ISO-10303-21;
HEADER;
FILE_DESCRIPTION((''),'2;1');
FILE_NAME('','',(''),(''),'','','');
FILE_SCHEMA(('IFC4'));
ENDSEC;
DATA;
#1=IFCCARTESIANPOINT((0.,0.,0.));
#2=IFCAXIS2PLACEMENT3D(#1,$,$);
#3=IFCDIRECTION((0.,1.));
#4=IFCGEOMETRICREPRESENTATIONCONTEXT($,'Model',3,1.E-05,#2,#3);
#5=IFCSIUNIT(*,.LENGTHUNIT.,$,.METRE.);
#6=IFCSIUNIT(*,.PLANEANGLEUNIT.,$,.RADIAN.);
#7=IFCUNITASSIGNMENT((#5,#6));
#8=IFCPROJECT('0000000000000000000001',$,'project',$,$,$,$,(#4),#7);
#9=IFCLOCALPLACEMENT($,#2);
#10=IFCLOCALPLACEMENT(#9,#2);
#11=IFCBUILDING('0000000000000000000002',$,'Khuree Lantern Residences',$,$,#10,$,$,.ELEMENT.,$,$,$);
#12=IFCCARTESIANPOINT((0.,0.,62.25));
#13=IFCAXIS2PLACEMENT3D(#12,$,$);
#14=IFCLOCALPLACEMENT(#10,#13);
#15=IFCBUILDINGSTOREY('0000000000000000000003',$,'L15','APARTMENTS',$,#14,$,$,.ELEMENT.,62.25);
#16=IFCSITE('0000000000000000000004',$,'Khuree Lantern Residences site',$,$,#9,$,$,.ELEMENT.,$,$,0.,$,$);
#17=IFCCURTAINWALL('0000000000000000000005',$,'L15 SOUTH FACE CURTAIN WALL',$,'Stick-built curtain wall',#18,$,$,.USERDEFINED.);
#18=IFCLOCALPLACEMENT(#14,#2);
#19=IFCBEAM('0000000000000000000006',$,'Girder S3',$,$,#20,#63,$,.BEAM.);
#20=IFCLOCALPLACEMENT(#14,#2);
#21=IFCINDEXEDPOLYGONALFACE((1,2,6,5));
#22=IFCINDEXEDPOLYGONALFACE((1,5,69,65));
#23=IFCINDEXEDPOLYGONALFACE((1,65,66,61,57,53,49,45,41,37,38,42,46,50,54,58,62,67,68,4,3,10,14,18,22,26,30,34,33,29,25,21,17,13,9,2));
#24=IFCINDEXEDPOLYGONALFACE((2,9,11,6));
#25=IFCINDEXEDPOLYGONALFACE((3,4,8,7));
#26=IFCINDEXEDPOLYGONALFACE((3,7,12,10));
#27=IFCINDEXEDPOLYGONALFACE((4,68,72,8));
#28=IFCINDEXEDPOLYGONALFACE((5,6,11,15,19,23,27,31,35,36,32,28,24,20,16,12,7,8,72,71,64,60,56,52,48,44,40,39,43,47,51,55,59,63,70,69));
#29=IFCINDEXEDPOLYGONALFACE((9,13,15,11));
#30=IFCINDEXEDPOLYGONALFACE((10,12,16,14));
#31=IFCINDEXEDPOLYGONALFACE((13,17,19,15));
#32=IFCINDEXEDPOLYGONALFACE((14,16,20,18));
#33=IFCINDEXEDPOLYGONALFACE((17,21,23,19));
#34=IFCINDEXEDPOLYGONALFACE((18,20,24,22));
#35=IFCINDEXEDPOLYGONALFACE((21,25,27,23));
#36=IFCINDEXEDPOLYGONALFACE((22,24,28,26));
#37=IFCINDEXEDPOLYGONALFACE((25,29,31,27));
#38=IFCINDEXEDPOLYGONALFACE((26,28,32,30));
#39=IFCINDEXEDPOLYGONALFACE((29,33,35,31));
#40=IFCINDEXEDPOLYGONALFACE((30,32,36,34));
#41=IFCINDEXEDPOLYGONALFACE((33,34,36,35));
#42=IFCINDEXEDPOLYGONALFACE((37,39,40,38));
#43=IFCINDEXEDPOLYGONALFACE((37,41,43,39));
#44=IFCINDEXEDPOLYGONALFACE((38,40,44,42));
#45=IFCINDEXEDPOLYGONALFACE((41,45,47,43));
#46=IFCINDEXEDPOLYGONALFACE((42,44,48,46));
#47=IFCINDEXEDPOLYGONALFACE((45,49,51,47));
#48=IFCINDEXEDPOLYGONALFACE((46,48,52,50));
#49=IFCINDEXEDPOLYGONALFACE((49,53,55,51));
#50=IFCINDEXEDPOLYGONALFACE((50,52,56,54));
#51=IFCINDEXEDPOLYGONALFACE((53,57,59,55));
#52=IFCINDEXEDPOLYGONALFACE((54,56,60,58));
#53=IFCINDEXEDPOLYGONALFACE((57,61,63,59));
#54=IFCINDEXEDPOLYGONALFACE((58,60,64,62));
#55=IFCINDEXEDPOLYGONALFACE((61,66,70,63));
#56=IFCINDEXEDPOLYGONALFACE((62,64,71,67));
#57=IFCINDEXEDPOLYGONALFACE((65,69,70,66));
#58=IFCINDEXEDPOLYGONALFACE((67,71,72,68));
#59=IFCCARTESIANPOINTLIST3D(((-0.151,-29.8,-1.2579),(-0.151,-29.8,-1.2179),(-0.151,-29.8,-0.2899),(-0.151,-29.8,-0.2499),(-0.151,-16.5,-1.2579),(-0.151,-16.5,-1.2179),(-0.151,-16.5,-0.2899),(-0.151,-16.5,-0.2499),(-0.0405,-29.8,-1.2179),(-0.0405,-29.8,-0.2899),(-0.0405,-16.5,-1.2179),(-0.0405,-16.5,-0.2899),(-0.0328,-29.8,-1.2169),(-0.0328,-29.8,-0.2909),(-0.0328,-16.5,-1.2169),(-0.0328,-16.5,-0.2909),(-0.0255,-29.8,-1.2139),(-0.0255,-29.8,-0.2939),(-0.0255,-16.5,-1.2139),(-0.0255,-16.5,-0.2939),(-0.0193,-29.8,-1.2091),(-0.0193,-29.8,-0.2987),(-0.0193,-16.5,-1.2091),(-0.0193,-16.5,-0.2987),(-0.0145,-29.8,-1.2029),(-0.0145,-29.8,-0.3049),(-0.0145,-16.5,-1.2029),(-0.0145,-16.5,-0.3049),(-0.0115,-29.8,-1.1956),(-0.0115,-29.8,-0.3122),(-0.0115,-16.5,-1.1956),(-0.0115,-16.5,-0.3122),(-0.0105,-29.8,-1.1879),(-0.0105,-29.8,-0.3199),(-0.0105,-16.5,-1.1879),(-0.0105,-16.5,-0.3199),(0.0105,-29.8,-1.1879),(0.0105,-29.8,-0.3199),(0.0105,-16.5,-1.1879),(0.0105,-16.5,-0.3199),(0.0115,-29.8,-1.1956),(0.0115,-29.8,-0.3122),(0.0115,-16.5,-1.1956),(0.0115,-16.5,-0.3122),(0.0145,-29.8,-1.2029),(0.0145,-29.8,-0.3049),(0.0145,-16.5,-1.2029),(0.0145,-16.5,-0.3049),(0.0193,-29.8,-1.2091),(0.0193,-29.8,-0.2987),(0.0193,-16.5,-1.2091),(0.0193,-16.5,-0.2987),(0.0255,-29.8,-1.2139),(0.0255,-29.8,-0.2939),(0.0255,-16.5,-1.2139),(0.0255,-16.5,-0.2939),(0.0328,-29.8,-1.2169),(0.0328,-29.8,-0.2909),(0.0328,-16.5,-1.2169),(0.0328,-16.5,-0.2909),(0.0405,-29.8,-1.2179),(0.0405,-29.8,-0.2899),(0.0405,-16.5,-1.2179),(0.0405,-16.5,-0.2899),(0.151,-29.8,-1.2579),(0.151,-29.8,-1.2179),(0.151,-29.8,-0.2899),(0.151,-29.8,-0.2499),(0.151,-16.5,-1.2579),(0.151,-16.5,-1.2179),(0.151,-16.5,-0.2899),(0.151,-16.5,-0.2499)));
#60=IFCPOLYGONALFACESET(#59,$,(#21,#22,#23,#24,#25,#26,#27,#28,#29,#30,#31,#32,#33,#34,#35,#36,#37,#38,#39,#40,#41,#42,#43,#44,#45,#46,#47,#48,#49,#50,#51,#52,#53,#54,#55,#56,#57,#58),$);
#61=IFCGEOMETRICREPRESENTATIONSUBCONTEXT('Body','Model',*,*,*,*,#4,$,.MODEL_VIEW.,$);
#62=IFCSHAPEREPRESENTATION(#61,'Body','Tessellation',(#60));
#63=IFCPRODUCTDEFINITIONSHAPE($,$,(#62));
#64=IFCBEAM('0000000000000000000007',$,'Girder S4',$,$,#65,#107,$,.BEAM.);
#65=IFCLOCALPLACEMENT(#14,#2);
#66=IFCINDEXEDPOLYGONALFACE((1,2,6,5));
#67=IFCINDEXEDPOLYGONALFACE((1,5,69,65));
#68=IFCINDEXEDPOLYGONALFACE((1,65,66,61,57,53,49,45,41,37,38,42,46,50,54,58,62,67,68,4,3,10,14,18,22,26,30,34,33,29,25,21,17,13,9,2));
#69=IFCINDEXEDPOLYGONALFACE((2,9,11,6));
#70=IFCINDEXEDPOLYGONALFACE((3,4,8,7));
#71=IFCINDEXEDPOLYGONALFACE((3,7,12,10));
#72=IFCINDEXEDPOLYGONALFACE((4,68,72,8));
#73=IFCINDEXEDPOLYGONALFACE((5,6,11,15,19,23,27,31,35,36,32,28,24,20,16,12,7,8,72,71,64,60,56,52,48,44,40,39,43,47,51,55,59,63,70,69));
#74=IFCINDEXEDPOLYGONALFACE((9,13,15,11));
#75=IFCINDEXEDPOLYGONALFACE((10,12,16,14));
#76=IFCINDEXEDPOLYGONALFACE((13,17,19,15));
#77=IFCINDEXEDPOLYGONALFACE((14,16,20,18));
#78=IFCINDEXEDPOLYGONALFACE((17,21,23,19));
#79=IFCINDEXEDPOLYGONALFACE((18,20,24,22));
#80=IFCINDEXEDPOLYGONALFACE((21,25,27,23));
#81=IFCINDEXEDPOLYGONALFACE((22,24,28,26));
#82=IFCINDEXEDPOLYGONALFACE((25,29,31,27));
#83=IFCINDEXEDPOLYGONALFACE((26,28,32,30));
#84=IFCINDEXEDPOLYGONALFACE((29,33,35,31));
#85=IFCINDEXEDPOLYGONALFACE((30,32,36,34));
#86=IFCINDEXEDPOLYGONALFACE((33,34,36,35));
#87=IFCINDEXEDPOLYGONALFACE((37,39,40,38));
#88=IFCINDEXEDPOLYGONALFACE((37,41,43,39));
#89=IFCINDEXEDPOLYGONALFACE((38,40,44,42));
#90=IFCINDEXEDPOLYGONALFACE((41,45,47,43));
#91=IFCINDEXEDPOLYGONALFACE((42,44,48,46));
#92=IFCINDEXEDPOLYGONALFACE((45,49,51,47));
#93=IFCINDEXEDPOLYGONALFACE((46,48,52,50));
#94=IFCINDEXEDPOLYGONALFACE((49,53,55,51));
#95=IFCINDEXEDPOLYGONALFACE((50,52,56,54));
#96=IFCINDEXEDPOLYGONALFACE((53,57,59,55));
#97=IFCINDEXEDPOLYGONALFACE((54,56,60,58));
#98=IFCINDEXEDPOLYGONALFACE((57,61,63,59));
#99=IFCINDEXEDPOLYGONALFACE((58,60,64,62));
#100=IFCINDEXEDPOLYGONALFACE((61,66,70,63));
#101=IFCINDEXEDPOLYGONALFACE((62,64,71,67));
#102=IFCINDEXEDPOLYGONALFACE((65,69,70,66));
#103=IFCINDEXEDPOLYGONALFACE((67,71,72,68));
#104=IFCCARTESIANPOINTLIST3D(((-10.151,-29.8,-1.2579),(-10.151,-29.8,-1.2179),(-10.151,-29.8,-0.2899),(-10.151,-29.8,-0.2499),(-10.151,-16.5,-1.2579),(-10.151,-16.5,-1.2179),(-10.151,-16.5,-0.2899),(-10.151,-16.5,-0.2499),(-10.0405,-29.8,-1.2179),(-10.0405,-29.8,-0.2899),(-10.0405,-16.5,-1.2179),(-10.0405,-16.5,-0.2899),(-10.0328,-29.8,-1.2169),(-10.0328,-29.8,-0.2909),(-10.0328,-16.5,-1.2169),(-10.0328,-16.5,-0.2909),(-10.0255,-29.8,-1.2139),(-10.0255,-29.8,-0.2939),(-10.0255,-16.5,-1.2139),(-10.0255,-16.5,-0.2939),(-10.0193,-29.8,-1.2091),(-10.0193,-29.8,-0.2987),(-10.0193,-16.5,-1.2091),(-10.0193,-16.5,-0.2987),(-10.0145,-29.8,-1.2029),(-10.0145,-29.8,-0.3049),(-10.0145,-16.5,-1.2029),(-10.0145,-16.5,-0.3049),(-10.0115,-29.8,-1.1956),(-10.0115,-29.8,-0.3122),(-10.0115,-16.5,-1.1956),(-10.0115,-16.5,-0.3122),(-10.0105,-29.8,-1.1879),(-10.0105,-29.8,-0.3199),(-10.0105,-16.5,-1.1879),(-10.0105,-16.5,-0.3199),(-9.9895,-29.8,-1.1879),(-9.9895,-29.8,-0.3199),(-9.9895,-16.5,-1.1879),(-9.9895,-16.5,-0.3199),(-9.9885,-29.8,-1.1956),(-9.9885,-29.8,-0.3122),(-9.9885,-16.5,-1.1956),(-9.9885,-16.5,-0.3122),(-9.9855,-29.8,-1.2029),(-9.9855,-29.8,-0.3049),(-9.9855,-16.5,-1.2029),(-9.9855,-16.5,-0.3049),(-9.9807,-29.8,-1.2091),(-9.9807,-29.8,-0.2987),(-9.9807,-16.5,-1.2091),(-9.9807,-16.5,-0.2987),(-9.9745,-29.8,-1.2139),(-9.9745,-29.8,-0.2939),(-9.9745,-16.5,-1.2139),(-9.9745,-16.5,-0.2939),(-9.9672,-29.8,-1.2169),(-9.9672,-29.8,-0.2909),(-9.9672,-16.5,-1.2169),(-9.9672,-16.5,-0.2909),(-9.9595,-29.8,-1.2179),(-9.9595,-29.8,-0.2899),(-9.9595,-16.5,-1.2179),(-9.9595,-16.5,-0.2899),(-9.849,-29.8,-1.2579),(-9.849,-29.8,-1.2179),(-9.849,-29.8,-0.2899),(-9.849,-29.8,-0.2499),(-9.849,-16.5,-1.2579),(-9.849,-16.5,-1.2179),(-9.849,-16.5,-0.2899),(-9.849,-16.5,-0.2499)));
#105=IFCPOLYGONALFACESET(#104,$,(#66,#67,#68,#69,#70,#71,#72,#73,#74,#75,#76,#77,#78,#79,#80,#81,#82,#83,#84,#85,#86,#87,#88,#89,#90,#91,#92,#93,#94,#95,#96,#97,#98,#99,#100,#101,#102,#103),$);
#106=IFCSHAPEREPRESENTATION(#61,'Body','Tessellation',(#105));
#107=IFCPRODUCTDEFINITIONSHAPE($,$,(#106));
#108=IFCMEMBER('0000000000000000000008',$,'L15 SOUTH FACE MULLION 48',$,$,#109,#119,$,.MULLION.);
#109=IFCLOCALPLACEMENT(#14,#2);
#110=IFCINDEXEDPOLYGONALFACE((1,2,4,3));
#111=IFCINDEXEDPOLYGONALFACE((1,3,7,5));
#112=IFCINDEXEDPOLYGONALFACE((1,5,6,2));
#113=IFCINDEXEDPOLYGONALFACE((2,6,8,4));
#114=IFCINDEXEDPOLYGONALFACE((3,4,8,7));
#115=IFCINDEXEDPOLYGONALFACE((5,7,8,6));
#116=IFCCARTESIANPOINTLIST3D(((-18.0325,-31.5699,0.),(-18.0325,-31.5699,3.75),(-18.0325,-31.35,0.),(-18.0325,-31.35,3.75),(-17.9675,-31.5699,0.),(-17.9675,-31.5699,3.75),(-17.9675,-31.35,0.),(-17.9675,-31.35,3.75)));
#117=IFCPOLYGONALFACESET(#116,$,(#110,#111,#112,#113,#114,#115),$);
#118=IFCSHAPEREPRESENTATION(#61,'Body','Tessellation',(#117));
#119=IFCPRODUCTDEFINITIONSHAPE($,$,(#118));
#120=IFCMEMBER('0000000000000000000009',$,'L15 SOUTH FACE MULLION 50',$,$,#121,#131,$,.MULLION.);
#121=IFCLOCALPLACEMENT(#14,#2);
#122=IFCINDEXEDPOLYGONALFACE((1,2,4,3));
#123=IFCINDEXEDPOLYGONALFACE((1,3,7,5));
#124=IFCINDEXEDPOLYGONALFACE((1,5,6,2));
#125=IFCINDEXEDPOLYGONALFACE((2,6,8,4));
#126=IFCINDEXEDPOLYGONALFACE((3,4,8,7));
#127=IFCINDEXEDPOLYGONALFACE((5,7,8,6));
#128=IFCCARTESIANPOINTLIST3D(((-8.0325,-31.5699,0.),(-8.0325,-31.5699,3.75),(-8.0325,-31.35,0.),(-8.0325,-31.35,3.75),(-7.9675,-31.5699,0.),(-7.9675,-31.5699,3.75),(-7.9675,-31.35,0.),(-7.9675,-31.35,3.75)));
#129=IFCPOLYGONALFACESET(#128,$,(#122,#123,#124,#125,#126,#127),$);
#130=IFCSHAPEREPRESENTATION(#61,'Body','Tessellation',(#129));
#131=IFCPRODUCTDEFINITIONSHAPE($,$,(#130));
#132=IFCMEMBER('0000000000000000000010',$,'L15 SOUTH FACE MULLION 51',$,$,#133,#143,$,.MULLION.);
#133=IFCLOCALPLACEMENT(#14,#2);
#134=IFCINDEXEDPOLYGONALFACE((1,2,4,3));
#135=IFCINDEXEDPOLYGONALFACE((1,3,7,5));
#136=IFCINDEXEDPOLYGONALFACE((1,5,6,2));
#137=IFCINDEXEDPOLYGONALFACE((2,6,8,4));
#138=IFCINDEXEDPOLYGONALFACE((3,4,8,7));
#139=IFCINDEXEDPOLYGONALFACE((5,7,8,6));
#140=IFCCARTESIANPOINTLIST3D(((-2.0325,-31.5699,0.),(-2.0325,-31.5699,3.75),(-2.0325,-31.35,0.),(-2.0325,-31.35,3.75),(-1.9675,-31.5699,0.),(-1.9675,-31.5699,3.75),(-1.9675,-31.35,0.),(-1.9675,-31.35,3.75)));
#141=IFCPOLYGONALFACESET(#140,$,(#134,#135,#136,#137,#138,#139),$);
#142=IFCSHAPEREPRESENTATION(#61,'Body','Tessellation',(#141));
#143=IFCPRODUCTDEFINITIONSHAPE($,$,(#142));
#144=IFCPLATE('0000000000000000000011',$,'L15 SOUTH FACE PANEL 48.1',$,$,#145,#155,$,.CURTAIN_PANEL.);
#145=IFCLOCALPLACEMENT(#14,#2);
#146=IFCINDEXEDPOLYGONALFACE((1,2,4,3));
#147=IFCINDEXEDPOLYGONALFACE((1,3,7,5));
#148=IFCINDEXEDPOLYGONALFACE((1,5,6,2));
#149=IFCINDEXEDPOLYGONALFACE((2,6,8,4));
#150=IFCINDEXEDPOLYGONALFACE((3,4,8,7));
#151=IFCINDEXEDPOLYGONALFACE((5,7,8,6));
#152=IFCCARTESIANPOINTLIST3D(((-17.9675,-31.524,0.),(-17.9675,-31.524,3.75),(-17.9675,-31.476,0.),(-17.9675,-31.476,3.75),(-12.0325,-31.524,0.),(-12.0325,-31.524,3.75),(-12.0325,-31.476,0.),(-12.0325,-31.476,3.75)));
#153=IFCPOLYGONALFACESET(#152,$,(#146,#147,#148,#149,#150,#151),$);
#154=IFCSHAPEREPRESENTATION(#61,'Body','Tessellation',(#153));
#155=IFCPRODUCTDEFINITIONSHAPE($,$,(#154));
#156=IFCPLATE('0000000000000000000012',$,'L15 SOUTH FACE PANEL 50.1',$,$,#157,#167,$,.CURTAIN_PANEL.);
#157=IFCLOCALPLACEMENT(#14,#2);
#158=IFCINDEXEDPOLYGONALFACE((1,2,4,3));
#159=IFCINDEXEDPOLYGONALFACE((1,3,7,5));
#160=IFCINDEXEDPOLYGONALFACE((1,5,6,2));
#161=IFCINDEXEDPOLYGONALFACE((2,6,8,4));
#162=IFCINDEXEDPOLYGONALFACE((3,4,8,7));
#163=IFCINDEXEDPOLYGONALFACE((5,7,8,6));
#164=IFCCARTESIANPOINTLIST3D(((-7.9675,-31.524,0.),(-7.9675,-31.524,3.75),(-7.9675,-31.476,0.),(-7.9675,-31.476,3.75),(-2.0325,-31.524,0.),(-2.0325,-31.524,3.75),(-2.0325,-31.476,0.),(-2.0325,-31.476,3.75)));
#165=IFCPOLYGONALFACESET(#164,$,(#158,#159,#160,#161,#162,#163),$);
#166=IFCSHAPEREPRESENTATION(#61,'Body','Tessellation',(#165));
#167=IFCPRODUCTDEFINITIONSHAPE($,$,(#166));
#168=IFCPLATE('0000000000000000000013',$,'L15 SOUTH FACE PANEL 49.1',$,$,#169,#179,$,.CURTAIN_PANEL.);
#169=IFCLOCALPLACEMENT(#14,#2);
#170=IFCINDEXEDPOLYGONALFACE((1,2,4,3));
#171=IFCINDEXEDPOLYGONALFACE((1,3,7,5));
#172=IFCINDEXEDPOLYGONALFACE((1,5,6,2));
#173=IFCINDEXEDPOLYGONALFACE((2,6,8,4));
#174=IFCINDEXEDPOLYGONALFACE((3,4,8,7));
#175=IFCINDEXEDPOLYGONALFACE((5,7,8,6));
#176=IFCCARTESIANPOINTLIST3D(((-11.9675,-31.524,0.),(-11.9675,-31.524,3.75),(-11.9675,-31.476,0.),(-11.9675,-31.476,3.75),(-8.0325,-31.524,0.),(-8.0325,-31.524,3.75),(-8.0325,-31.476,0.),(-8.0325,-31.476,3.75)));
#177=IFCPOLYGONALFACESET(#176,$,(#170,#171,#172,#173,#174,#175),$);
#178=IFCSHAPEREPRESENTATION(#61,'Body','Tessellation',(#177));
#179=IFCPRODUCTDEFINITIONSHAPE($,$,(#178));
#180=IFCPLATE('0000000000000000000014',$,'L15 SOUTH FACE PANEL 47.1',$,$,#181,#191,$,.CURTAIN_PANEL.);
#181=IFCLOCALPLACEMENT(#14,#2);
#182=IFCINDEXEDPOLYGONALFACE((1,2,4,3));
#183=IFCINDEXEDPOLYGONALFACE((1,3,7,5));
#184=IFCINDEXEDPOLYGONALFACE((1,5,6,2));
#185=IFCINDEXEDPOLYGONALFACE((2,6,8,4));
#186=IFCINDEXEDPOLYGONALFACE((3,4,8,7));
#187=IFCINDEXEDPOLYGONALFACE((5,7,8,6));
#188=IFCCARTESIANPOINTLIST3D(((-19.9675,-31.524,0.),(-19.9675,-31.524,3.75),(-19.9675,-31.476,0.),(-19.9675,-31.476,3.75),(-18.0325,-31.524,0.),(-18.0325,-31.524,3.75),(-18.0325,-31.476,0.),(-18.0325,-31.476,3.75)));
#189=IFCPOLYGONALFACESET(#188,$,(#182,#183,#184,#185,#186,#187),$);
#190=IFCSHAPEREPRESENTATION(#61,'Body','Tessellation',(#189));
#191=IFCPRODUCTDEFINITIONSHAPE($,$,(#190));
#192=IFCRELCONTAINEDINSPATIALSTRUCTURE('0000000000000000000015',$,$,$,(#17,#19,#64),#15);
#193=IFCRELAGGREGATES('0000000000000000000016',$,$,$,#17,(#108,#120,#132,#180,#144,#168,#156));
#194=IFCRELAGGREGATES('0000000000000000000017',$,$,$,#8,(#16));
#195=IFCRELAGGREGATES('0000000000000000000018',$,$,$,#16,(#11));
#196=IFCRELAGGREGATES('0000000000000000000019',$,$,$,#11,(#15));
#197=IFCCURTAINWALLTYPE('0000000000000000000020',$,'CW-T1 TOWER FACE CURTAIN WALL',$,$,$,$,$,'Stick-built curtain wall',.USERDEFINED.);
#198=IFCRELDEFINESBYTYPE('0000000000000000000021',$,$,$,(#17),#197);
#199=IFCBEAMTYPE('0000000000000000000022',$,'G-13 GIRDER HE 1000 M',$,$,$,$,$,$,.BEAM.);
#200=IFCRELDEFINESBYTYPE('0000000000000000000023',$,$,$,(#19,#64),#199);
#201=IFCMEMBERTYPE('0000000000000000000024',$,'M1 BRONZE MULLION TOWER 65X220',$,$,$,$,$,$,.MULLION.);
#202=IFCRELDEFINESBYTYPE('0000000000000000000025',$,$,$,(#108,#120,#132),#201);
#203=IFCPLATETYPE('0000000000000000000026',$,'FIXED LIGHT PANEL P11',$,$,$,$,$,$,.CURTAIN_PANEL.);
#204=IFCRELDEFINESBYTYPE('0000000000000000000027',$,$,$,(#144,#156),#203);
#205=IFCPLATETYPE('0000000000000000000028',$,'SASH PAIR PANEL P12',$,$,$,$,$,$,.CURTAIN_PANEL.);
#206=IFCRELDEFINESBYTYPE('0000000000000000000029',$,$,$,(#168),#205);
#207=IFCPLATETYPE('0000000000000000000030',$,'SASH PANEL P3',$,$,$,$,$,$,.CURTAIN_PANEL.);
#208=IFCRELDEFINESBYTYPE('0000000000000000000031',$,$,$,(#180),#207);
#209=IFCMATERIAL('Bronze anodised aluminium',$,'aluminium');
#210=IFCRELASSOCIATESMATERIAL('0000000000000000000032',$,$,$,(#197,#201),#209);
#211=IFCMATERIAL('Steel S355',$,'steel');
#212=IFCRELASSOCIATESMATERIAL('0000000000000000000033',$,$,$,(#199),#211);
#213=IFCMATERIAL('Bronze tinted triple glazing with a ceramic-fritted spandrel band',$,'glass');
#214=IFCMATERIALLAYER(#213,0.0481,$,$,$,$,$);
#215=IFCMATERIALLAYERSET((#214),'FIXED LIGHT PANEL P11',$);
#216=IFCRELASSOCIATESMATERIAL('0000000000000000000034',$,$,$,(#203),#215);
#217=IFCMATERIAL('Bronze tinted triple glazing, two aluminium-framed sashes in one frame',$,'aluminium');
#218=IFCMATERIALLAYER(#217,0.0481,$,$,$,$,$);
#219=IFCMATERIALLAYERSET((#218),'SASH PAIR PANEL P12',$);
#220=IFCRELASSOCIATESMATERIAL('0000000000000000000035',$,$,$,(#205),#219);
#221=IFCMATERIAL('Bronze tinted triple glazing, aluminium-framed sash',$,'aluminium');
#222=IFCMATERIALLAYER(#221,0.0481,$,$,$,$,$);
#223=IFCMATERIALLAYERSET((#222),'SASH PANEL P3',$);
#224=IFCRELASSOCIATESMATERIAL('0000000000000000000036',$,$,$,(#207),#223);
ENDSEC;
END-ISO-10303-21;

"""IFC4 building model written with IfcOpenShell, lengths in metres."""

from ifc_helpers import new_model, si_unit, direction, frame, origin, origin_2d, place, context, subcontext, project, spatial, rectangle, i_section, extrude, material, layer, layer_set, material_profile, profile_set, type_object, element, aggregate, save


model = new_model("IFC4")

# Units and contexts
model_context = context("Model", 3, precision=1e-05, world=origin(), true_north=direction((0.0, 1.0)))
body_context = subcontext(model_context, "Body", "Model", "MODEL_VIEW")
ifc_project = project(units=[si_unit("LENGTHUNIT", "METRE"), si_unit("PLANEANGLEUNIT", "RADIAN")], contexts=[model_context])

# Site, building, storey
site_placement = place(None, origin())
site = spatial("IfcSite", under=ifc_project, at=site_placement, Name="Khuree Lantern Residences site", CompositionType="ELEMENT", RefElevation=0.0)
building_placement = place(site_placement, origin())
building = spatial("IfcBuilding", under=site, at=building_placement, Name="Khuree Lantern Residences", CompositionType="ELEMENT")
storey_placement = place(building_placement, frame((0.0, 0.0, 62.25)))
storey = spatial("IfcBuildingStorey", under=building, at=storey_placement, Name="L15", Description="APARTMENTS", CompositionType="ELEMENT", Elevation=62.25)

# Shared definitions
ifc_material_1 = material(Name="Steel S355", Category="steel")

# Curtain wall
ifc_material_2 = material(Name="Bronze anodised aluminium", Category="aluminium")
curtain_wall_type = type_object("IfcCurtainWallType", Name="CW-T1 TOWER FACE CURTAIN WALL", ElementType="Stick-built curtain wall", PredefinedType="USERDEFINED", material=ifc_material_2)
curtain_wall_placement = place(storey_placement, origin())
curtain_wall = element("IfcCurtainWall", 1, at=curtain_wall_placement, inside=storey, type_object=curtain_wall_type, Name="L15 SOUTH FACE CURTAIN WALL", ObjectType="Stick-built curtain wall", PredefinedType="USERDEFINED")

# Beams
ifc_material_profile_1 = material_profile(ifc_material_1, i_section(OverallWidth=0.302, OverallDepth=1.0081, WebThickness=0.021, FlangeThickness=0.04, FilletRadius=0.03, at=origin_2d()), Name="HE 1000 M")
ifc_profile_set_1 = profile_set([ifc_material_profile_1], Name="Steel S355")
beam_type_1 = type_object("IfcBeamType", Name="G-13 GIRDER HE 1000 M", PredefinedType="BEAM", material=ifc_profile_set_1)
for number, where, z_axis, x_axis, name in (
    (2, (0.0, -29.8, -0.7539), (0.0, 1.0, 0.0), (-1.0, 0.0, 0.0), "Girder S3"),
    (3, (-10.0, -29.8, -0.7539), (0.0, 1.0, 0.0), (-1.0, 0.0, 0.0), "Girder S4"),
):
    element("IfcBeam", number, at=place(storey_placement, frame(where, z_axis=z_axis, x_axis=x_axis)), inside=storey, type_object=beam_type_1, Name=name, PredefinedType="BEAM", context=body_context, shape_type="SweptSolid", body=[
        extrude(i_section(OverallWidth=0.302, OverallDepth=1.0081, WebThickness=0.021, FlangeThickness=0.04, FilletRadius=0.03, at=origin_2d()), origin(), (0.0, 0.0, 1.0), 13.3),
    ])

# Members
ifc_material_profile_2 = material_profile(ifc_material_2, rectangle(XDim=0.0649, YDim=0.22, at=origin_2d()), Name="M1 65X220")
ifc_profile_set_2 = profile_set([ifc_material_profile_2], Name="Bronze anodised aluminium")
member_type_1 = type_object("IfcMemberType", Name="M1 BRONZE MULLION TOWER 65X220", PredefinedType="MULLION", material=ifc_profile_set_2)
member_1_placement = place(storey_placement, frame((-18.0, -31.46, 0.0), z_axis=(0.0, 0.0, 1.0), x_axis=(1.0, 0.0, 0.0)))
member_1 = element("IfcMember", 4, at=member_1_placement, type_object=member_type_1, Name="L15 SOUTH FACE MULLION 48", PredefinedType="MULLION", context=body_context, shape_type="SweptSolid", body=[
    extrude(rectangle(XDim=0.0649, YDim=0.22, at=origin_2d()), origin(), (0.0, 0.0, 1.0), 3.75),
])
member_2_placement = place(storey_placement, frame((-8.0, -31.46, 0.0), z_axis=(0.0, 0.0, 1.0), x_axis=(1.0, 0.0, 0.0)))
member_2 = element("IfcMember", 5, at=member_2_placement, type_object=member_type_1, Name="L15 SOUTH FACE MULLION 50", PredefinedType="MULLION", context=body_context, shape_type="SweptSolid", body=[
    extrude(rectangle(XDim=0.0649, YDim=0.22, at=origin_2d()), origin(), (0.0, 0.0, 1.0), 3.75),
])
member_3_placement = place(storey_placement, frame((-2.0, -31.46, 0.0), z_axis=(0.0, 0.0, 1.0), x_axis=(1.0, 0.0, 0.0)))
member_3 = element("IfcMember", 6, at=member_3_placement, type_object=member_type_1, Name="L15 SOUTH FACE MULLION 51", PredefinedType="MULLION", context=body_context, shape_type="SweptSolid", body=[
    extrude(rectangle(XDim=0.0649, YDim=0.22, at=origin_2d()), origin(), (0.0, 0.0, 1.0), 3.75),
])

# Plates
ifc_material_3 = material(Name="Bronze tinted triple glazing with a ceramic-fritted spandrel band", Category="glass")
ifc_layer_1 = layer(ifc_material_3, 0.0481)
ifc_layer_set_1 = layer_set([ifc_layer_1], Name="FIXED LIGHT PANEL P11")
plate_type_1 = type_object("IfcPlateType", Name="FIXED LIGHT PANEL P11", PredefinedType="CURTAIN_PANEL", material=ifc_layer_set_1)
plate_1_placement = place(storey_placement, frame((-15.0, -31.5, 0.0), z_axis=(0.0, 0.0, 1.0), x_axis=(1.0, 0.0, 0.0)))
plate_1 = element("IfcPlate", 7, at=plate_1_placement, type_object=plate_type_1, Name="L15 SOUTH FACE PANEL 48.1", PredefinedType="CURTAIN_PANEL", context=body_context, shape_type="SweptSolid", body=[
    extrude(rectangle(XDim=5.9351, YDim=0.0481, at=origin_2d()), origin(), (0.0, 0.0, 1.0), 3.75),
])
plate_2_placement = place(storey_placement, frame((-5.0, -31.5, 0.0), z_axis=(0.0, 0.0, 1.0), x_axis=(1.0, 0.0, 0.0)))
plate_2 = element("IfcPlate", 8, at=plate_2_placement, type_object=plate_type_1, Name="L15 SOUTH FACE PANEL 50.1", PredefinedType="CURTAIN_PANEL", context=body_context, shape_type="SweptSolid", body=[
    extrude(rectangle(XDim=5.9351, YDim=0.0481, at=origin_2d()), origin(), (0.0, 0.0, 1.0), 3.75),
])
ifc_material_4 = material(Name="Bronze tinted triple glazing, two aluminium-framed sashes in one frame", Category="aluminium")
ifc_layer_2 = layer(ifc_material_4, 0.0481)
ifc_layer_set_2 = layer_set([ifc_layer_2], Name="SASH PAIR PANEL P12")
plate_type_2 = type_object("IfcPlateType", Name="SASH PAIR PANEL P12", PredefinedType="CURTAIN_PANEL", material=ifc_layer_set_2)
plate_3_placement = place(storey_placement, frame((-10.0, -31.5, 0.0), z_axis=(0.0, 0.0, 1.0), x_axis=(1.0, 0.0, 0.0)))
plate_3 = element("IfcPlate", 9, at=plate_3_placement, type_object=plate_type_2, Name="L15 SOUTH FACE PANEL 49.1", PredefinedType="CURTAIN_PANEL", context=body_context, shape_type="SweptSolid", body=[
    extrude(rectangle(XDim=3.9351, YDim=0.0481, at=origin_2d()), origin(), (0.0, 0.0, 1.0), 3.75),
])
ifc_material_5 = material(Name="Bronze tinted triple glazing, aluminium-framed sash", Category="aluminium")
ifc_layer_3 = layer(ifc_material_5, 0.0481)
ifc_layer_set_3 = layer_set([ifc_layer_3], Name="SASH PANEL P3")
plate_type_3 = type_object("IfcPlateType", Name="SASH PANEL P3", PredefinedType="CURTAIN_PANEL", material=ifc_layer_set_3)
plate_4_placement = place(storey_placement, frame((-19.0, -31.5, 0.0), z_axis=(0.0, 0.0, 1.0), x_axis=(1.0, 0.0, 0.0)))
plate_4 = element("IfcPlate", 10, at=plate_4_placement, type_object=plate_type_3, Name="L15 SOUTH FACE PANEL 47.1", PredefinedType="CURTAIN_PANEL", context=body_context, shape_type="SweptSolid", body=[
    extrude(rectangle(XDim=1.9351, YDim=0.0481, at=origin_2d()), origin(), (0.0, 0.0, 1.0), 3.75),
])
aggregate(curtain_wall, [member_1, member_2, member_3, plate_4, plate_1, plate_3, plate_2])

save(model, "model.ifc")
